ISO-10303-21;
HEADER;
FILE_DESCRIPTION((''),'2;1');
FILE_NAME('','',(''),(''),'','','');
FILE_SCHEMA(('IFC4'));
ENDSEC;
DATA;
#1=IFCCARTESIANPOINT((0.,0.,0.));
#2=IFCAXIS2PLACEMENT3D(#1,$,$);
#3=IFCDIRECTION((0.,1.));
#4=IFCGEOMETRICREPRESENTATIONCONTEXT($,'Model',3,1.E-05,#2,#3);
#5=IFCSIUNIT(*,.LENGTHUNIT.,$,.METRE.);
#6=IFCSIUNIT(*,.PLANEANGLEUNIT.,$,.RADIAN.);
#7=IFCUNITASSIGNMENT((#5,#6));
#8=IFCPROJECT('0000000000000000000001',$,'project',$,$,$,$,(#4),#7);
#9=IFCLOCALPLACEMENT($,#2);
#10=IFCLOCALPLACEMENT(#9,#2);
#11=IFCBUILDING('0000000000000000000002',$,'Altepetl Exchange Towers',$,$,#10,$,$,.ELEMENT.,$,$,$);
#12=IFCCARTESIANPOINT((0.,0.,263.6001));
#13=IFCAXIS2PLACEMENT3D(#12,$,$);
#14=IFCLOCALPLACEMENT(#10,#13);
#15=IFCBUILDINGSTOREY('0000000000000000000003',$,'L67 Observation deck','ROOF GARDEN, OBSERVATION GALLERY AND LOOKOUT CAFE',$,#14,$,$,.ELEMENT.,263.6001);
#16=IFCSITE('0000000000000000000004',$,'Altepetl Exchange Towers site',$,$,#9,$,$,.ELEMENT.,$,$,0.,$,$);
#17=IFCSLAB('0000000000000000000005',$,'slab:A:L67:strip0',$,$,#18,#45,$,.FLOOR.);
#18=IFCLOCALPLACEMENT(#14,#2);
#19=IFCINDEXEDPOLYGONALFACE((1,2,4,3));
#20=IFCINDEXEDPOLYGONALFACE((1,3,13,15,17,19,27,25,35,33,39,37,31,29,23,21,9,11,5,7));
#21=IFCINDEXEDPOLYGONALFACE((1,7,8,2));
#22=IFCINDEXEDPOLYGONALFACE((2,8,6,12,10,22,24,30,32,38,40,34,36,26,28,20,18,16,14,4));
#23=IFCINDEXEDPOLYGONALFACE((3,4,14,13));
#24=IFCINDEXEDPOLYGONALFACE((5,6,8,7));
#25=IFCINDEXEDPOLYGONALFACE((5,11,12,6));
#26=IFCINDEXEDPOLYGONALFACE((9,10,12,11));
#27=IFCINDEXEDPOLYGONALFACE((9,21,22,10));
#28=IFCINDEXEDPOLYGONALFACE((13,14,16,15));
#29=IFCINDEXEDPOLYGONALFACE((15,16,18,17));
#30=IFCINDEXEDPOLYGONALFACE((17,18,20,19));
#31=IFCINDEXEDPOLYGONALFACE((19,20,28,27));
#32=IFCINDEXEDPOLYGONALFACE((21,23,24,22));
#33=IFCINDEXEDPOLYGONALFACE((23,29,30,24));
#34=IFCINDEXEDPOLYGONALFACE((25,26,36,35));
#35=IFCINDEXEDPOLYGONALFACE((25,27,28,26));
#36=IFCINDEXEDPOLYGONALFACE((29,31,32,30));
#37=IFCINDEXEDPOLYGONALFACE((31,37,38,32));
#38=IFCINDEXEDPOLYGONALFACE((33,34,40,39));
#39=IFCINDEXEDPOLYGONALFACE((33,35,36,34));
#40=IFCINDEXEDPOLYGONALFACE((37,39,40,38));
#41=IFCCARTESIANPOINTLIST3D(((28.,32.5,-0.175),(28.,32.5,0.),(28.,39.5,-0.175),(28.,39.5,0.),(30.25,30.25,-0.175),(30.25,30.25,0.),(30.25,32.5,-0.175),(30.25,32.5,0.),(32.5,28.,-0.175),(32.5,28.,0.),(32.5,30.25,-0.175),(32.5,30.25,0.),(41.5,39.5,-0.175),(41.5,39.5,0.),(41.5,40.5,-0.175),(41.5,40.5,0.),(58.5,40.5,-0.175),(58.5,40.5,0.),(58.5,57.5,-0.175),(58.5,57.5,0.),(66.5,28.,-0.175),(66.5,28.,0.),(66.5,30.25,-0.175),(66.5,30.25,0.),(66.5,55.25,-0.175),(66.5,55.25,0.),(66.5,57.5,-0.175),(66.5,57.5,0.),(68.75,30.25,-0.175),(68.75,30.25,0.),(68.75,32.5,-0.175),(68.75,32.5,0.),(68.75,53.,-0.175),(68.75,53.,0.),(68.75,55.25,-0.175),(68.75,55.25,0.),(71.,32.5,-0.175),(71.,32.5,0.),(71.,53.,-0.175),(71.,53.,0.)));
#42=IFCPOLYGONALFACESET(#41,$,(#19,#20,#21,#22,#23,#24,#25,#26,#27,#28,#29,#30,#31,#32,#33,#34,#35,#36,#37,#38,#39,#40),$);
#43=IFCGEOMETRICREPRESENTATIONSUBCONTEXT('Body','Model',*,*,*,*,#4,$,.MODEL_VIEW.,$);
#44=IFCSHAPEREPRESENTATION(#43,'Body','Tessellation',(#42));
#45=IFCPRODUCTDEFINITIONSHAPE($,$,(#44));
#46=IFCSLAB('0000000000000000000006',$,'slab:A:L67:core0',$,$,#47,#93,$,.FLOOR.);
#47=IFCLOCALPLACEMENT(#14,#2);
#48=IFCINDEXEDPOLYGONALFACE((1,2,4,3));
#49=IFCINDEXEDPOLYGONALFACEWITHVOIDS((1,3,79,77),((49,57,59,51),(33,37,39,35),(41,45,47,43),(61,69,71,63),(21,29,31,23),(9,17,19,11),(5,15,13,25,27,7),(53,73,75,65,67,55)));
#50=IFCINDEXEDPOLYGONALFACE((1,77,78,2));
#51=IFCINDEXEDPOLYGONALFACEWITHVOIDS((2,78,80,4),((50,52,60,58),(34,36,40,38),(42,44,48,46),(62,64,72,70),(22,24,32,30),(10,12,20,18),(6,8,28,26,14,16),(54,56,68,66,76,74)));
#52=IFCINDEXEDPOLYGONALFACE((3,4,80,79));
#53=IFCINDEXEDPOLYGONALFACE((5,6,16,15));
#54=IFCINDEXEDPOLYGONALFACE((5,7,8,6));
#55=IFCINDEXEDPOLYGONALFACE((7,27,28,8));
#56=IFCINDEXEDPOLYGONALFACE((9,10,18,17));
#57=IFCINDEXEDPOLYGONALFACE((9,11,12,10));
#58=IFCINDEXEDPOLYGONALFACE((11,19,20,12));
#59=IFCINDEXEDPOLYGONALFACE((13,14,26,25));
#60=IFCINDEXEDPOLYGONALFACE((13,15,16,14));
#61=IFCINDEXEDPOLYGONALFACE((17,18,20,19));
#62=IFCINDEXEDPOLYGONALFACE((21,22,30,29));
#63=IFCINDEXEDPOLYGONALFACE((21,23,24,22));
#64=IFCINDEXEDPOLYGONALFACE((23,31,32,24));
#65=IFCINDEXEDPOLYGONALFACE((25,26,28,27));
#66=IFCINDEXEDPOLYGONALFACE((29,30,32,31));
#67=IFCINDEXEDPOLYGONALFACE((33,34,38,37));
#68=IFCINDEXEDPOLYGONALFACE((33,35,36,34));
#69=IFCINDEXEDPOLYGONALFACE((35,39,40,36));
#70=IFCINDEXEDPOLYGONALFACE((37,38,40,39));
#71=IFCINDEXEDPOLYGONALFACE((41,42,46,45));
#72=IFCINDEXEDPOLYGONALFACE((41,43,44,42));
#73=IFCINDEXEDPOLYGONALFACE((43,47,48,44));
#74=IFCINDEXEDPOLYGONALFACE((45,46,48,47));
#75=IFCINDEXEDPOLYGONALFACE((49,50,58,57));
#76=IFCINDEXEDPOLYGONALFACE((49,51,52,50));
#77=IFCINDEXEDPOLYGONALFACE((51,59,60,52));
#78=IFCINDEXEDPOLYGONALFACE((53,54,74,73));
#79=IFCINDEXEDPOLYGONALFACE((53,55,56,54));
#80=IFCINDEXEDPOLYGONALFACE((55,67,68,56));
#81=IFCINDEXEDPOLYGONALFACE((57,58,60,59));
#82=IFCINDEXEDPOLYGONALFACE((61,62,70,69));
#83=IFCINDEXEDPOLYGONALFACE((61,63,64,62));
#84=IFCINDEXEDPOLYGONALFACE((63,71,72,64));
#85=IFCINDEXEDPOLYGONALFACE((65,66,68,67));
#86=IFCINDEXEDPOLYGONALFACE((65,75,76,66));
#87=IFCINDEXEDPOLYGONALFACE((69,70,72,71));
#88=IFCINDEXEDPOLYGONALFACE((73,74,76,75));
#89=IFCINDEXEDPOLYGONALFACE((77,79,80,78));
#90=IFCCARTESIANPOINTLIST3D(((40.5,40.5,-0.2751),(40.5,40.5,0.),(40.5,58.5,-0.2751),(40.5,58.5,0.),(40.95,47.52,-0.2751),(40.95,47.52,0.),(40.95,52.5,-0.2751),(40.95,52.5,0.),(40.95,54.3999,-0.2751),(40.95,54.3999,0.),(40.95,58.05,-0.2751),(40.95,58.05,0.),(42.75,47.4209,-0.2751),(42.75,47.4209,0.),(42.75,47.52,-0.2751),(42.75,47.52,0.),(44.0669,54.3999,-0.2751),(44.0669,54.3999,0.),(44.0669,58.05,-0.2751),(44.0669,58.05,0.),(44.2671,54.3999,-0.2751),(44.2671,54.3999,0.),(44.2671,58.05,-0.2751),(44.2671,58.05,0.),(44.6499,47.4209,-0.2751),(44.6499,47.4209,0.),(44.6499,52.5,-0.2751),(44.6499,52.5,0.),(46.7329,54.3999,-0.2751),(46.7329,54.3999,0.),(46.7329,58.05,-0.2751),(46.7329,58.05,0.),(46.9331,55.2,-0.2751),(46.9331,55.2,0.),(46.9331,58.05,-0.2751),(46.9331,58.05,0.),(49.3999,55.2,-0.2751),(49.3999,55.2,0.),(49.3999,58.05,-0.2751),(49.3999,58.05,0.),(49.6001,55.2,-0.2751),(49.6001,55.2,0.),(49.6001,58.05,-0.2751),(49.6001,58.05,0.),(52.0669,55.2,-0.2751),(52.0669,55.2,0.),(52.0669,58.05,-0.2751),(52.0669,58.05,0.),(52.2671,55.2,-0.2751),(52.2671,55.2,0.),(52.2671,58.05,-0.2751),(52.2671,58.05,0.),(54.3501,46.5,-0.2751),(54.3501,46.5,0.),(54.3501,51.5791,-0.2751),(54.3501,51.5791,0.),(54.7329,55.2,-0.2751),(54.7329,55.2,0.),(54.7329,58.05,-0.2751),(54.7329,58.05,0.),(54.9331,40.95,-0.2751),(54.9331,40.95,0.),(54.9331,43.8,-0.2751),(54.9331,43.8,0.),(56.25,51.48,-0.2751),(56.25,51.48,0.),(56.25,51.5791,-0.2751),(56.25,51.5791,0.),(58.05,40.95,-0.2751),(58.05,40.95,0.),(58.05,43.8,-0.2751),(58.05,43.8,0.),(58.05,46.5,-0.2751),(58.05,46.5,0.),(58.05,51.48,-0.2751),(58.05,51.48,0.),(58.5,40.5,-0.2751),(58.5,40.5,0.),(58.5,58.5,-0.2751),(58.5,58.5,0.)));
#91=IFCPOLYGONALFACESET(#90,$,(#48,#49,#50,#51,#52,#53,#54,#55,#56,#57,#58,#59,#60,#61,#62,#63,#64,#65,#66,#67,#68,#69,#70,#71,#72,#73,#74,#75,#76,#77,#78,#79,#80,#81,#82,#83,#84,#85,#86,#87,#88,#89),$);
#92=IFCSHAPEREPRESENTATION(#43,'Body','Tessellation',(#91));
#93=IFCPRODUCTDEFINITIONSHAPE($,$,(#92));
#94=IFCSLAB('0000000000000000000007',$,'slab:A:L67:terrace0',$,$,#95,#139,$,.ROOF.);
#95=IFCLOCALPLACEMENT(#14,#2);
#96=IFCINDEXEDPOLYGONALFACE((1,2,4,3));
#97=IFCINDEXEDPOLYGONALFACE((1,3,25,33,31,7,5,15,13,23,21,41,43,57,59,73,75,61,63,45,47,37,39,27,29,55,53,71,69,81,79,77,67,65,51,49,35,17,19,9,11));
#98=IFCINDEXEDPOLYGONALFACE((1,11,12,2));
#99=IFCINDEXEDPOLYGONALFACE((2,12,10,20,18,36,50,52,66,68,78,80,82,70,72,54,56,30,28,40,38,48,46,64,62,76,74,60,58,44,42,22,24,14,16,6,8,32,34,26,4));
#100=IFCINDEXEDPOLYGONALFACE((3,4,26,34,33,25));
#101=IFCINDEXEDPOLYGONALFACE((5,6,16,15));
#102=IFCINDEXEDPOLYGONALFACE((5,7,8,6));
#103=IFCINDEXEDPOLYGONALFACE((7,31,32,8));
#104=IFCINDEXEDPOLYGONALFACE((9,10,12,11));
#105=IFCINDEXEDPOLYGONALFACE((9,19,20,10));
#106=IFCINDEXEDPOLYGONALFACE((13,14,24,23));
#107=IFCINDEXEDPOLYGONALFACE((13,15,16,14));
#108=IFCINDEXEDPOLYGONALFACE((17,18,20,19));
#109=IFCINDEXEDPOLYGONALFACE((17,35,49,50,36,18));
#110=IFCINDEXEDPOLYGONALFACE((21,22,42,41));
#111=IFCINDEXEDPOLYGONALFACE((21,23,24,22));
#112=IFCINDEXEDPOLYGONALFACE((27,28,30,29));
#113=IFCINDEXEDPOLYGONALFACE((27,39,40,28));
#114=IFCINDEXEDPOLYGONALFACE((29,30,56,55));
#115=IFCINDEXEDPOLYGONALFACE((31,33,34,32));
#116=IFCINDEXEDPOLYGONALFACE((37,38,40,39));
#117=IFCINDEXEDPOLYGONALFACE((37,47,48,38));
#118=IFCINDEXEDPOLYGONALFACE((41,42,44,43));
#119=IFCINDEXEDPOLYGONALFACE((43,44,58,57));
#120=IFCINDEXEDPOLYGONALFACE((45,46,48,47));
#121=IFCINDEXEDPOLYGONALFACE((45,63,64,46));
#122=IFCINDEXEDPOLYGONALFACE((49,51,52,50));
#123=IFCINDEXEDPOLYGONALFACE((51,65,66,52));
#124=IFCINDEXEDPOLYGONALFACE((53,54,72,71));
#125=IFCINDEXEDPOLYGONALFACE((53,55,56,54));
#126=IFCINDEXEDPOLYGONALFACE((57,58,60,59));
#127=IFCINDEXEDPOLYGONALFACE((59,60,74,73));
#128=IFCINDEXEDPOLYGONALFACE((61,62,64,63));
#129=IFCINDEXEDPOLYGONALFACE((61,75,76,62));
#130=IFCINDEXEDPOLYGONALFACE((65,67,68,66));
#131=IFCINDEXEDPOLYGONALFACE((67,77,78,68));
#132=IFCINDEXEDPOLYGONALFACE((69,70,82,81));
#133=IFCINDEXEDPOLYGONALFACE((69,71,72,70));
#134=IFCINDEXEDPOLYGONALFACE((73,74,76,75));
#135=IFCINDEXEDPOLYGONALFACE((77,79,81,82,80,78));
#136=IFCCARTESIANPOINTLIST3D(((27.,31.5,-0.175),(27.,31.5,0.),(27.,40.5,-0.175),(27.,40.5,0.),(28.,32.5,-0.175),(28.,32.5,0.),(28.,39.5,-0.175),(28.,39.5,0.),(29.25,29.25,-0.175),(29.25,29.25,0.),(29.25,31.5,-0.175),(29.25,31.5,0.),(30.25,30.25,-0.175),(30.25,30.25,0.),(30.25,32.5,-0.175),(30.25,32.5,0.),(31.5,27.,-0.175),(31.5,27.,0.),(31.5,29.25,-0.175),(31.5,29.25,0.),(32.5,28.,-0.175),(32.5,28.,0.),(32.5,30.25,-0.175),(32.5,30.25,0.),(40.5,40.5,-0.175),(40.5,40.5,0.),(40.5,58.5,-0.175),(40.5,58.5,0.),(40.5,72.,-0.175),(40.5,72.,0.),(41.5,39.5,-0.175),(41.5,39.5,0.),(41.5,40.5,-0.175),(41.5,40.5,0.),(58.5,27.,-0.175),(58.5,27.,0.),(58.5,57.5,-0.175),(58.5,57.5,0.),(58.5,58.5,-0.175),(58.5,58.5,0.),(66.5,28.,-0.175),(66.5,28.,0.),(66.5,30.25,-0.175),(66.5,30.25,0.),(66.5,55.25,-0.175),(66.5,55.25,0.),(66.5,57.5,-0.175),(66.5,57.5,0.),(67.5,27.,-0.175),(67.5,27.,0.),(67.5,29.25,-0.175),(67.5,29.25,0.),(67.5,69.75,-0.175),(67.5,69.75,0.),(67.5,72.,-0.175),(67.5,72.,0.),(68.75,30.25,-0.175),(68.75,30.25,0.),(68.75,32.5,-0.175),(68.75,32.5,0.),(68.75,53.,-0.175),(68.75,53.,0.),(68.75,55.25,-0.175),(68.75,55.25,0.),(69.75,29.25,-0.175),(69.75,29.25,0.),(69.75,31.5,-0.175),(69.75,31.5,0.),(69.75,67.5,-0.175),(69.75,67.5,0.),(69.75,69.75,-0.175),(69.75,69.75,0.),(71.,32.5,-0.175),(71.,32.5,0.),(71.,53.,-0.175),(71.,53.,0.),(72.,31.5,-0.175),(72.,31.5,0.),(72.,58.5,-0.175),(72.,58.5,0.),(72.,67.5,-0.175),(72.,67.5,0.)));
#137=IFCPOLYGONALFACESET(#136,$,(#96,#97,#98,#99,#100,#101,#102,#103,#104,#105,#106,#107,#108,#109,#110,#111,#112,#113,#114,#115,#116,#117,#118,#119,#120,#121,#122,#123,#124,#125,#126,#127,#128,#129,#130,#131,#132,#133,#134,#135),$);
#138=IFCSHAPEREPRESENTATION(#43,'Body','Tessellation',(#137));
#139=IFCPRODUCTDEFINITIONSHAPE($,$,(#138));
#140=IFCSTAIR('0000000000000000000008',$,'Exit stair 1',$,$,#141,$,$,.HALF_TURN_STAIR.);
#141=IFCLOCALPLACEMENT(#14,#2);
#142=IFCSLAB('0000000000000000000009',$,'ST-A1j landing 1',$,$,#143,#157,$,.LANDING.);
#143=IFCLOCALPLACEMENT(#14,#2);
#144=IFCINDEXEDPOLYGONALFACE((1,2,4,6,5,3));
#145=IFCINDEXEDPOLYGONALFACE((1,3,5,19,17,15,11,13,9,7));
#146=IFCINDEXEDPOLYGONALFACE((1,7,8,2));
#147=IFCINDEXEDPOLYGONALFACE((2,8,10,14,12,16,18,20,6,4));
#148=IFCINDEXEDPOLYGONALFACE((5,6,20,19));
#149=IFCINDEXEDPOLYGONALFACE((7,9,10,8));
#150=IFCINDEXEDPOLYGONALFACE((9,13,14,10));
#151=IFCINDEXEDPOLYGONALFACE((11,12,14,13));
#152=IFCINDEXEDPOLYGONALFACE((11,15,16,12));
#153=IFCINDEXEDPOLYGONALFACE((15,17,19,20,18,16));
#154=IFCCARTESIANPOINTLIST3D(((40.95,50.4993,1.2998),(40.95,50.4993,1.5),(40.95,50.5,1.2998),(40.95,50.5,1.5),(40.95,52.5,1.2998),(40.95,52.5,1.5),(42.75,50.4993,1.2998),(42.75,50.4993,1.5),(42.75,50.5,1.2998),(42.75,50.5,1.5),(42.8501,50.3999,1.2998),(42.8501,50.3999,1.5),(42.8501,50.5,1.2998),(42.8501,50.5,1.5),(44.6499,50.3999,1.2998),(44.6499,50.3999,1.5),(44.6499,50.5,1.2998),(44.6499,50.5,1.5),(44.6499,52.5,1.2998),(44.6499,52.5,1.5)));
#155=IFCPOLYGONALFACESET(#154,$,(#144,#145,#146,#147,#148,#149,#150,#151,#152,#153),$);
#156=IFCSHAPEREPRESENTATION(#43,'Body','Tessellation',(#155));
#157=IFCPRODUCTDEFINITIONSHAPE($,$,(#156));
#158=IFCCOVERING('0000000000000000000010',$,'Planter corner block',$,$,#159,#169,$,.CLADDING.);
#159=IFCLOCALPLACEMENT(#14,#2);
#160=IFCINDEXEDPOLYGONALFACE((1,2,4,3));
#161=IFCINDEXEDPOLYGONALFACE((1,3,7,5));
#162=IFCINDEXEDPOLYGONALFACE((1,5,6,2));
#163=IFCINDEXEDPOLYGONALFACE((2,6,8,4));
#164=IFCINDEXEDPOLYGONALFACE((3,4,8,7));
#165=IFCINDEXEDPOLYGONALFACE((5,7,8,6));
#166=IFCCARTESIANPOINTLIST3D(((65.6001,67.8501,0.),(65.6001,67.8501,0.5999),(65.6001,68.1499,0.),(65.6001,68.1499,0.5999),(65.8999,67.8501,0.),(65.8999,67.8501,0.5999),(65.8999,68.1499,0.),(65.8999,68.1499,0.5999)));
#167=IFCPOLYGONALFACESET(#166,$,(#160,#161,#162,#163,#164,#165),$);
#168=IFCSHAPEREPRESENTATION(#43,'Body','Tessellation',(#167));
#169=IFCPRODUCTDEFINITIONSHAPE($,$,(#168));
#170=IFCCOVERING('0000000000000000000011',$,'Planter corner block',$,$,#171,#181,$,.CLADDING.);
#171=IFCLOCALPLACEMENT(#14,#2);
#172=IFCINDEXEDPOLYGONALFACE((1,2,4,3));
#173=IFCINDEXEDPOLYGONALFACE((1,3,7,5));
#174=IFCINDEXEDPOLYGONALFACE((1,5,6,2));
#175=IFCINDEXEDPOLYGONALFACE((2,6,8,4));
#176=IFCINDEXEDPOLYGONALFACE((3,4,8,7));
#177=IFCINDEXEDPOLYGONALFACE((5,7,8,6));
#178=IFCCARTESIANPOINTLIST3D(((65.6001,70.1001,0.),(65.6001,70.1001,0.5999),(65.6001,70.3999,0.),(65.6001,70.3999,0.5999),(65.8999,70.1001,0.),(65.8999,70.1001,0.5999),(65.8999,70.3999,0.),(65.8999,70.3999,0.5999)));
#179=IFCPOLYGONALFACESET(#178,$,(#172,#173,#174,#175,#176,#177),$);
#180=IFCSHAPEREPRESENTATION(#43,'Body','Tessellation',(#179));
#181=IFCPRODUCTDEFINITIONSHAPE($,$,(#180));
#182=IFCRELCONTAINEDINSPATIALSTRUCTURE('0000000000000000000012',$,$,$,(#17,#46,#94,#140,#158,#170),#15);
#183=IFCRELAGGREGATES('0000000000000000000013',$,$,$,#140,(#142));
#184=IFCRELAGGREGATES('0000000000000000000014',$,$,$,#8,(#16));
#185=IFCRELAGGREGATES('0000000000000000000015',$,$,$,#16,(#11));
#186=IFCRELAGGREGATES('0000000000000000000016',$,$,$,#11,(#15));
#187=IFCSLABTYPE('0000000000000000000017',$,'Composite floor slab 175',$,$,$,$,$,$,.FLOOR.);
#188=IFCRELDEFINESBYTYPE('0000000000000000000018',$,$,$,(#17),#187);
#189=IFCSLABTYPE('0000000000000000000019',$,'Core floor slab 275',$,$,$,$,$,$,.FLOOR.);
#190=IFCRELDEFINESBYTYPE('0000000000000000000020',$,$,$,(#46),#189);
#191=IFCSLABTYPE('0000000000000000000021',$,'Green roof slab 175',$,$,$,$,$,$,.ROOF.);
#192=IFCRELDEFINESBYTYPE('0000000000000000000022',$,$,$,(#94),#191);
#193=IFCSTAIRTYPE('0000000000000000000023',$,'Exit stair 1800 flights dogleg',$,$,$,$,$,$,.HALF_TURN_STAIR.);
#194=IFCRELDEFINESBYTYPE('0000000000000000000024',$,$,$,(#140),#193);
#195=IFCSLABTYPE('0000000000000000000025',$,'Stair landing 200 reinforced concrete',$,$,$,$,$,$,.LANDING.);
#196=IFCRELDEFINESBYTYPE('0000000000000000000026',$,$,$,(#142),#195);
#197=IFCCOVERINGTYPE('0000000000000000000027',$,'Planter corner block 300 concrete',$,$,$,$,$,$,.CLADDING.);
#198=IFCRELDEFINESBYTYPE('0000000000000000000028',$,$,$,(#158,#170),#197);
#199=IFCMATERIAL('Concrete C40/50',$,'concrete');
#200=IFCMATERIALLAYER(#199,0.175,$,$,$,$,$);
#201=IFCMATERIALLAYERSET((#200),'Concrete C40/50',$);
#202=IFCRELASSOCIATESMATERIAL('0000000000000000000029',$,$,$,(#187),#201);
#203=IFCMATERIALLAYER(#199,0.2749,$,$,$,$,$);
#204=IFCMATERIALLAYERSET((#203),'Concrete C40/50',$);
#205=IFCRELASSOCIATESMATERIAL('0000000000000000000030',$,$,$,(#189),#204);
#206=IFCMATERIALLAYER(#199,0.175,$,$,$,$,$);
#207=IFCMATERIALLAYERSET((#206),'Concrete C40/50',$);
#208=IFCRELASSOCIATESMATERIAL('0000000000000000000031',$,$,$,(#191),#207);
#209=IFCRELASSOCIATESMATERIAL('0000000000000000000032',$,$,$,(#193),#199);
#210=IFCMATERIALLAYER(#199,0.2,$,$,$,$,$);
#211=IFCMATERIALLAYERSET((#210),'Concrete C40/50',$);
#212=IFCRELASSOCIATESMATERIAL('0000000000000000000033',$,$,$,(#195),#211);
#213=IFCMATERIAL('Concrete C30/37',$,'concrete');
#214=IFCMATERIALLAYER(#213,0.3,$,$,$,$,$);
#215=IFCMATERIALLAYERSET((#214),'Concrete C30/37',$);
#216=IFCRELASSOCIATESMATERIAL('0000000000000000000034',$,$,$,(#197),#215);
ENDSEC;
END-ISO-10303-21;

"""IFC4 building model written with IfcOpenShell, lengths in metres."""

from ifc_helpers import new_model, si_unit, direction, frame, origin, place, context, subcontext, project, spatial, polyline, outline, extrude, material, layer, layer_set, type_object, element, aggregate, save


model = new_model("IFC4")

# Units and contexts
model_context = context("Model", 3, precision=1e-05, world=origin(), true_north=direction((0.0, 1.0)))
body_context = subcontext(model_context, "Body", "Model", "MODEL_VIEW")
ifc_project = project(units=[si_unit("LENGTHUNIT", "METRE"), si_unit("PLANEANGLEUNIT", "RADIAN")], contexts=[model_context])

# Site, building, storey
site_placement = place(None, origin())
site = spatial("IfcSite", under=ifc_project, at=site_placement, Name="Altepetl Exchange Towers site", CompositionType="ELEMENT", RefElevation=0.0)
building_placement = place(site_placement, origin())
building = spatial("IfcBuilding", under=site, at=building_placement, Name="Altepetl Exchange Towers", CompositionType="ELEMENT")
storey_placement = place(building_placement, frame((0.0, 0.0, 263.6001)))
storey = spatial("IfcBuildingStorey", under=building, at=storey_placement, Name="L67 Observation deck", Description="ROOF GARDEN, OBSERVATION GALLERY AND LOOKOUT CAFE", CompositionType="ELEMENT", Elevation=263.6001)

# Slabs
ifc_material_1 = material(Name="Concrete C40/50", Category="concrete")
ifc_layer_1 = layer(ifc_material_1, 0.175)
ifc_layer_set_1 = layer_set([ifc_layer_1], Name="Concrete C40/50")
slab_type_1 = type_object("IfcSlabType", Name="Composite floor slab 175", PredefinedType="FLOOR", material=ifc_layer_set_1)
slab_1_placement = place(storey_placement, frame((0.0, 0.0, -0.175)))
element("IfcSlab", 1, at=slab_1_placement, inside=storey, type_object=slab_type_1, Name="slab:A:L67:strip0", PredefinedType="FLOOR", context=body_context, shape_type="SweptSolid", body=[
    extrude(outline(polyline([(41.5, 40.5), (41.5, 39.5), (28.0, 39.5), (28.0, 32.5), (30.25, 32.5), (30.25, 30.25), (32.5, 30.25), (32.5, 28.0), (66.5, 28.0), (66.5, 30.25), (68.75, 30.25), (68.75, 32.5), (71.0, 32.5), (71.0, 53.0), (68.75, 53.0), (68.75, 55.25), (66.5, 55.25), (66.5, 57.5), (58.5, 57.5), (58.5, 40.5), (41.5, 40.5)])), origin(), (0.0, 0.0, 1.0), 0.175),
])
ifc_layer_2 = layer(ifc_material_1, 0.2749)
ifc_layer_set_2 = layer_set([ifc_layer_2], Name="Concrete C40/50")
slab_type_2 = type_object("IfcSlabType", Name="Core floor slab 275", PredefinedType="FLOOR", material=ifc_layer_set_2)
slab_2_placement = place(storey_placement, frame((0.0, 0.0, -0.2751)))
element("IfcSlab", 2, at=slab_2_placement, inside=storey, type_object=slab_type_2, Name="slab:A:L67:core0", PredefinedType="FLOOR", context=body_context, shape_type="SweptSolid", body=[
    extrude(outline(polyline([(40.5, 40.5), (58.5, 40.5), (58.5, 58.5), (40.5, 58.5), (40.5, 40.5)]), holes=[polyline([(54.9331, 43.8), (58.05, 43.8), (58.05, 40.95), (54.9331, 40.95), (54.9331, 43.8)]), polyline([(54.3501, 51.5791), (56.25, 51.5791), (56.25, 51.48), (58.05, 51.48), (58.05, 46.5), (54.3501, 46.5), (54.3501, 51.5791)]), polyline([(44.6499, 47.4209), (42.75, 47.4209), (42.75, 47.52), (40.95, 47.52), (40.95, 52.5), (44.6499, 52.5), (44.6499, 47.4209)]), polyline([(40.95, 58.05), (44.0669, 58.05), (44.0669, 54.3999), (40.95, 54.3999), (40.95, 58.05)]), polyline([(44.2671, 58.05), (46.7329, 58.05), (46.7329, 54.3999), (44.2671, 54.3999), (44.2671, 58.05)]), polyline([(46.9331, 58.05), (49.3999, 58.05), (49.3999, 55.2), (46.9331, 55.2), (46.9331, 58.05)]), polyline([(49.6001, 58.05), (52.0669, 58.05), (52.0669, 55.2), (49.6001, 55.2), (49.6001, 58.05)]), polyline([(52.2671, 58.05), (54.7329, 58.05), (54.7329, 55.2), (52.2671, 55.2), (52.2671, 58.05)])]), origin(), (0.0, 0.0, 1.0), 0.2751),
])
ifc_layer_3 = layer(ifc_material_1, 0.175)
ifc_layer_set_3 = layer_set([ifc_layer_3], Name="Concrete C40/50")
slab_type_3 = type_object("IfcSlabType", Name="Green roof slab 175", PredefinedType="ROOF", material=ifc_layer_set_3)
slab_3_placement = place(storey_placement, frame((0.0, 0.0, -0.175)))
element("IfcSlab", 3, at=slab_3_placement, inside=storey, type_object=slab_type_3, Name="slab:A:L67:terrace0", PredefinedType="ROOF", context=body_context, shape_type="SweptSolid", body=[
    extrude(outline(polyline([(67.5, 72.0), (40.5, 72.0), (40.5, 58.5), (58.5, 58.5), (58.5, 57.5), (66.5, 57.5), (66.5, 55.25), (68.75, 55.25), (68.75, 53.0), (71.0, 53.0), (71.0, 32.5), (68.75, 32.5), (68.75, 30.25), (66.5, 30.25), (66.5, 28.0), (32.5, 28.0), (32.5, 30.25), (30.25, 30.25), (30.25, 32.5), (28.0, 32.5), (28.0, 39.5), (41.5, 39.5), (41.5, 40.5), (40.5, 40.5), (27.0, 40.5), (27.0, 31.5), (29.25, 31.5), (29.25, 29.25), (31.5, 29.25), (31.5, 27.0), (58.5, 27.0), (67.5, 27.0), (67.5, 29.25), (69.75, 29.25), (69.75, 31.5), (72.0, 31.5), (72.0, 58.5), (72.0, 67.5), (69.75, 67.5), (69.75, 69.75), (67.5, 69.75), (67.5, 72.0)])), origin(), (0.0, 0.0, 1.0), 0.175),
])

# Stair, slab
stair_type = type_object("IfcStairType", Name="Exit stair 1800 flights dogleg", PredefinedType="HALF_TURN_STAIR", material=ifc_material_1)
stair_placement = place(storey_placement, origin())
stair = element("IfcStair", 4, at=stair_placement, inside=storey, type_object=stair_type, Name="Exit stair 1", PredefinedType="HALF_TURN_STAIR")
ifc_layer_4 = layer(ifc_material_1, 0.2)
ifc_layer_set_4 = layer_set([ifc_layer_4], Name="Concrete C40/50")
slab_type_4 = type_object("IfcSlabType", Name="Stair landing 200 reinforced concrete", PredefinedType="LANDING", material=ifc_layer_set_4)
slab_4_placement = place(storey_placement, frame((0.0, 0.0, 1.2998)))
slab_4 = element("IfcSlab", 5, at=slab_4_placement, type_object=slab_type_4, Name="ST-A1j landing 1", PredefinedType="LANDING", context=body_context, shape_type="SweptSolid", body=[
    extrude(outline(polyline([(44.6499, 50.3999), (42.8501, 50.3999), (42.8501, 50.5), (42.75, 50.5), (42.75, 50.4993), (40.95, 50.4993), (40.95, 50.5), (40.95, 52.5), (44.6499, 52.5), (44.6499, 50.5), (44.6499, 50.3999)])), origin(), (0.0, 0.0, 1.0), 0.2002),
])
aggregate(stair, [slab_4])

# Coverings
ifc_material_2 = material(Name="Concrete C30/37", Category="concrete")
ifc_layer_5 = layer(ifc_material_2, 0.3)
ifc_layer_set_5 = layer_set([ifc_layer_5], Name="Concrete C30/37")
covering_type_1 = type_object("IfcCoveringType", Name="Planter corner block 300 concrete", PredefinedType="CLADDING", material=ifc_layer_set_5)
covering_1_placement = place(storey_placement, origin())
element("IfcCovering", 6, at=covering_1_placement, inside=storey, type_object=covering_type_1, Name="Planter corner block", PredefinedType="CLADDING", context=body_context, shape_type="SweptSolid", body=[
    extrude(outline(polyline([(65.6001, 67.8501), (65.8999, 67.8501), (65.8999, 68.1499), (65.6001, 68.1499), (65.6001, 67.8501)])), origin(), (0.0, 0.0, 1.0), 0.5999),
])
covering_2_placement = place(storey_placement, origin())
element("IfcCovering", 7, at=covering_2_placement, inside=storey, type_object=covering_type_1, Name="Planter corner block", PredefinedType="CLADDING", context=body_context, shape_type="SweptSolid", body=[
    extrude(outline(polyline([(65.6001, 70.1001), (65.8999, 70.1001), (65.8999, 70.3999), (65.6001, 70.3999), (65.6001, 70.1001)])), origin(), (0.0, 0.0, 1.0), 0.5999),
])

save(model, "model.ifc")
